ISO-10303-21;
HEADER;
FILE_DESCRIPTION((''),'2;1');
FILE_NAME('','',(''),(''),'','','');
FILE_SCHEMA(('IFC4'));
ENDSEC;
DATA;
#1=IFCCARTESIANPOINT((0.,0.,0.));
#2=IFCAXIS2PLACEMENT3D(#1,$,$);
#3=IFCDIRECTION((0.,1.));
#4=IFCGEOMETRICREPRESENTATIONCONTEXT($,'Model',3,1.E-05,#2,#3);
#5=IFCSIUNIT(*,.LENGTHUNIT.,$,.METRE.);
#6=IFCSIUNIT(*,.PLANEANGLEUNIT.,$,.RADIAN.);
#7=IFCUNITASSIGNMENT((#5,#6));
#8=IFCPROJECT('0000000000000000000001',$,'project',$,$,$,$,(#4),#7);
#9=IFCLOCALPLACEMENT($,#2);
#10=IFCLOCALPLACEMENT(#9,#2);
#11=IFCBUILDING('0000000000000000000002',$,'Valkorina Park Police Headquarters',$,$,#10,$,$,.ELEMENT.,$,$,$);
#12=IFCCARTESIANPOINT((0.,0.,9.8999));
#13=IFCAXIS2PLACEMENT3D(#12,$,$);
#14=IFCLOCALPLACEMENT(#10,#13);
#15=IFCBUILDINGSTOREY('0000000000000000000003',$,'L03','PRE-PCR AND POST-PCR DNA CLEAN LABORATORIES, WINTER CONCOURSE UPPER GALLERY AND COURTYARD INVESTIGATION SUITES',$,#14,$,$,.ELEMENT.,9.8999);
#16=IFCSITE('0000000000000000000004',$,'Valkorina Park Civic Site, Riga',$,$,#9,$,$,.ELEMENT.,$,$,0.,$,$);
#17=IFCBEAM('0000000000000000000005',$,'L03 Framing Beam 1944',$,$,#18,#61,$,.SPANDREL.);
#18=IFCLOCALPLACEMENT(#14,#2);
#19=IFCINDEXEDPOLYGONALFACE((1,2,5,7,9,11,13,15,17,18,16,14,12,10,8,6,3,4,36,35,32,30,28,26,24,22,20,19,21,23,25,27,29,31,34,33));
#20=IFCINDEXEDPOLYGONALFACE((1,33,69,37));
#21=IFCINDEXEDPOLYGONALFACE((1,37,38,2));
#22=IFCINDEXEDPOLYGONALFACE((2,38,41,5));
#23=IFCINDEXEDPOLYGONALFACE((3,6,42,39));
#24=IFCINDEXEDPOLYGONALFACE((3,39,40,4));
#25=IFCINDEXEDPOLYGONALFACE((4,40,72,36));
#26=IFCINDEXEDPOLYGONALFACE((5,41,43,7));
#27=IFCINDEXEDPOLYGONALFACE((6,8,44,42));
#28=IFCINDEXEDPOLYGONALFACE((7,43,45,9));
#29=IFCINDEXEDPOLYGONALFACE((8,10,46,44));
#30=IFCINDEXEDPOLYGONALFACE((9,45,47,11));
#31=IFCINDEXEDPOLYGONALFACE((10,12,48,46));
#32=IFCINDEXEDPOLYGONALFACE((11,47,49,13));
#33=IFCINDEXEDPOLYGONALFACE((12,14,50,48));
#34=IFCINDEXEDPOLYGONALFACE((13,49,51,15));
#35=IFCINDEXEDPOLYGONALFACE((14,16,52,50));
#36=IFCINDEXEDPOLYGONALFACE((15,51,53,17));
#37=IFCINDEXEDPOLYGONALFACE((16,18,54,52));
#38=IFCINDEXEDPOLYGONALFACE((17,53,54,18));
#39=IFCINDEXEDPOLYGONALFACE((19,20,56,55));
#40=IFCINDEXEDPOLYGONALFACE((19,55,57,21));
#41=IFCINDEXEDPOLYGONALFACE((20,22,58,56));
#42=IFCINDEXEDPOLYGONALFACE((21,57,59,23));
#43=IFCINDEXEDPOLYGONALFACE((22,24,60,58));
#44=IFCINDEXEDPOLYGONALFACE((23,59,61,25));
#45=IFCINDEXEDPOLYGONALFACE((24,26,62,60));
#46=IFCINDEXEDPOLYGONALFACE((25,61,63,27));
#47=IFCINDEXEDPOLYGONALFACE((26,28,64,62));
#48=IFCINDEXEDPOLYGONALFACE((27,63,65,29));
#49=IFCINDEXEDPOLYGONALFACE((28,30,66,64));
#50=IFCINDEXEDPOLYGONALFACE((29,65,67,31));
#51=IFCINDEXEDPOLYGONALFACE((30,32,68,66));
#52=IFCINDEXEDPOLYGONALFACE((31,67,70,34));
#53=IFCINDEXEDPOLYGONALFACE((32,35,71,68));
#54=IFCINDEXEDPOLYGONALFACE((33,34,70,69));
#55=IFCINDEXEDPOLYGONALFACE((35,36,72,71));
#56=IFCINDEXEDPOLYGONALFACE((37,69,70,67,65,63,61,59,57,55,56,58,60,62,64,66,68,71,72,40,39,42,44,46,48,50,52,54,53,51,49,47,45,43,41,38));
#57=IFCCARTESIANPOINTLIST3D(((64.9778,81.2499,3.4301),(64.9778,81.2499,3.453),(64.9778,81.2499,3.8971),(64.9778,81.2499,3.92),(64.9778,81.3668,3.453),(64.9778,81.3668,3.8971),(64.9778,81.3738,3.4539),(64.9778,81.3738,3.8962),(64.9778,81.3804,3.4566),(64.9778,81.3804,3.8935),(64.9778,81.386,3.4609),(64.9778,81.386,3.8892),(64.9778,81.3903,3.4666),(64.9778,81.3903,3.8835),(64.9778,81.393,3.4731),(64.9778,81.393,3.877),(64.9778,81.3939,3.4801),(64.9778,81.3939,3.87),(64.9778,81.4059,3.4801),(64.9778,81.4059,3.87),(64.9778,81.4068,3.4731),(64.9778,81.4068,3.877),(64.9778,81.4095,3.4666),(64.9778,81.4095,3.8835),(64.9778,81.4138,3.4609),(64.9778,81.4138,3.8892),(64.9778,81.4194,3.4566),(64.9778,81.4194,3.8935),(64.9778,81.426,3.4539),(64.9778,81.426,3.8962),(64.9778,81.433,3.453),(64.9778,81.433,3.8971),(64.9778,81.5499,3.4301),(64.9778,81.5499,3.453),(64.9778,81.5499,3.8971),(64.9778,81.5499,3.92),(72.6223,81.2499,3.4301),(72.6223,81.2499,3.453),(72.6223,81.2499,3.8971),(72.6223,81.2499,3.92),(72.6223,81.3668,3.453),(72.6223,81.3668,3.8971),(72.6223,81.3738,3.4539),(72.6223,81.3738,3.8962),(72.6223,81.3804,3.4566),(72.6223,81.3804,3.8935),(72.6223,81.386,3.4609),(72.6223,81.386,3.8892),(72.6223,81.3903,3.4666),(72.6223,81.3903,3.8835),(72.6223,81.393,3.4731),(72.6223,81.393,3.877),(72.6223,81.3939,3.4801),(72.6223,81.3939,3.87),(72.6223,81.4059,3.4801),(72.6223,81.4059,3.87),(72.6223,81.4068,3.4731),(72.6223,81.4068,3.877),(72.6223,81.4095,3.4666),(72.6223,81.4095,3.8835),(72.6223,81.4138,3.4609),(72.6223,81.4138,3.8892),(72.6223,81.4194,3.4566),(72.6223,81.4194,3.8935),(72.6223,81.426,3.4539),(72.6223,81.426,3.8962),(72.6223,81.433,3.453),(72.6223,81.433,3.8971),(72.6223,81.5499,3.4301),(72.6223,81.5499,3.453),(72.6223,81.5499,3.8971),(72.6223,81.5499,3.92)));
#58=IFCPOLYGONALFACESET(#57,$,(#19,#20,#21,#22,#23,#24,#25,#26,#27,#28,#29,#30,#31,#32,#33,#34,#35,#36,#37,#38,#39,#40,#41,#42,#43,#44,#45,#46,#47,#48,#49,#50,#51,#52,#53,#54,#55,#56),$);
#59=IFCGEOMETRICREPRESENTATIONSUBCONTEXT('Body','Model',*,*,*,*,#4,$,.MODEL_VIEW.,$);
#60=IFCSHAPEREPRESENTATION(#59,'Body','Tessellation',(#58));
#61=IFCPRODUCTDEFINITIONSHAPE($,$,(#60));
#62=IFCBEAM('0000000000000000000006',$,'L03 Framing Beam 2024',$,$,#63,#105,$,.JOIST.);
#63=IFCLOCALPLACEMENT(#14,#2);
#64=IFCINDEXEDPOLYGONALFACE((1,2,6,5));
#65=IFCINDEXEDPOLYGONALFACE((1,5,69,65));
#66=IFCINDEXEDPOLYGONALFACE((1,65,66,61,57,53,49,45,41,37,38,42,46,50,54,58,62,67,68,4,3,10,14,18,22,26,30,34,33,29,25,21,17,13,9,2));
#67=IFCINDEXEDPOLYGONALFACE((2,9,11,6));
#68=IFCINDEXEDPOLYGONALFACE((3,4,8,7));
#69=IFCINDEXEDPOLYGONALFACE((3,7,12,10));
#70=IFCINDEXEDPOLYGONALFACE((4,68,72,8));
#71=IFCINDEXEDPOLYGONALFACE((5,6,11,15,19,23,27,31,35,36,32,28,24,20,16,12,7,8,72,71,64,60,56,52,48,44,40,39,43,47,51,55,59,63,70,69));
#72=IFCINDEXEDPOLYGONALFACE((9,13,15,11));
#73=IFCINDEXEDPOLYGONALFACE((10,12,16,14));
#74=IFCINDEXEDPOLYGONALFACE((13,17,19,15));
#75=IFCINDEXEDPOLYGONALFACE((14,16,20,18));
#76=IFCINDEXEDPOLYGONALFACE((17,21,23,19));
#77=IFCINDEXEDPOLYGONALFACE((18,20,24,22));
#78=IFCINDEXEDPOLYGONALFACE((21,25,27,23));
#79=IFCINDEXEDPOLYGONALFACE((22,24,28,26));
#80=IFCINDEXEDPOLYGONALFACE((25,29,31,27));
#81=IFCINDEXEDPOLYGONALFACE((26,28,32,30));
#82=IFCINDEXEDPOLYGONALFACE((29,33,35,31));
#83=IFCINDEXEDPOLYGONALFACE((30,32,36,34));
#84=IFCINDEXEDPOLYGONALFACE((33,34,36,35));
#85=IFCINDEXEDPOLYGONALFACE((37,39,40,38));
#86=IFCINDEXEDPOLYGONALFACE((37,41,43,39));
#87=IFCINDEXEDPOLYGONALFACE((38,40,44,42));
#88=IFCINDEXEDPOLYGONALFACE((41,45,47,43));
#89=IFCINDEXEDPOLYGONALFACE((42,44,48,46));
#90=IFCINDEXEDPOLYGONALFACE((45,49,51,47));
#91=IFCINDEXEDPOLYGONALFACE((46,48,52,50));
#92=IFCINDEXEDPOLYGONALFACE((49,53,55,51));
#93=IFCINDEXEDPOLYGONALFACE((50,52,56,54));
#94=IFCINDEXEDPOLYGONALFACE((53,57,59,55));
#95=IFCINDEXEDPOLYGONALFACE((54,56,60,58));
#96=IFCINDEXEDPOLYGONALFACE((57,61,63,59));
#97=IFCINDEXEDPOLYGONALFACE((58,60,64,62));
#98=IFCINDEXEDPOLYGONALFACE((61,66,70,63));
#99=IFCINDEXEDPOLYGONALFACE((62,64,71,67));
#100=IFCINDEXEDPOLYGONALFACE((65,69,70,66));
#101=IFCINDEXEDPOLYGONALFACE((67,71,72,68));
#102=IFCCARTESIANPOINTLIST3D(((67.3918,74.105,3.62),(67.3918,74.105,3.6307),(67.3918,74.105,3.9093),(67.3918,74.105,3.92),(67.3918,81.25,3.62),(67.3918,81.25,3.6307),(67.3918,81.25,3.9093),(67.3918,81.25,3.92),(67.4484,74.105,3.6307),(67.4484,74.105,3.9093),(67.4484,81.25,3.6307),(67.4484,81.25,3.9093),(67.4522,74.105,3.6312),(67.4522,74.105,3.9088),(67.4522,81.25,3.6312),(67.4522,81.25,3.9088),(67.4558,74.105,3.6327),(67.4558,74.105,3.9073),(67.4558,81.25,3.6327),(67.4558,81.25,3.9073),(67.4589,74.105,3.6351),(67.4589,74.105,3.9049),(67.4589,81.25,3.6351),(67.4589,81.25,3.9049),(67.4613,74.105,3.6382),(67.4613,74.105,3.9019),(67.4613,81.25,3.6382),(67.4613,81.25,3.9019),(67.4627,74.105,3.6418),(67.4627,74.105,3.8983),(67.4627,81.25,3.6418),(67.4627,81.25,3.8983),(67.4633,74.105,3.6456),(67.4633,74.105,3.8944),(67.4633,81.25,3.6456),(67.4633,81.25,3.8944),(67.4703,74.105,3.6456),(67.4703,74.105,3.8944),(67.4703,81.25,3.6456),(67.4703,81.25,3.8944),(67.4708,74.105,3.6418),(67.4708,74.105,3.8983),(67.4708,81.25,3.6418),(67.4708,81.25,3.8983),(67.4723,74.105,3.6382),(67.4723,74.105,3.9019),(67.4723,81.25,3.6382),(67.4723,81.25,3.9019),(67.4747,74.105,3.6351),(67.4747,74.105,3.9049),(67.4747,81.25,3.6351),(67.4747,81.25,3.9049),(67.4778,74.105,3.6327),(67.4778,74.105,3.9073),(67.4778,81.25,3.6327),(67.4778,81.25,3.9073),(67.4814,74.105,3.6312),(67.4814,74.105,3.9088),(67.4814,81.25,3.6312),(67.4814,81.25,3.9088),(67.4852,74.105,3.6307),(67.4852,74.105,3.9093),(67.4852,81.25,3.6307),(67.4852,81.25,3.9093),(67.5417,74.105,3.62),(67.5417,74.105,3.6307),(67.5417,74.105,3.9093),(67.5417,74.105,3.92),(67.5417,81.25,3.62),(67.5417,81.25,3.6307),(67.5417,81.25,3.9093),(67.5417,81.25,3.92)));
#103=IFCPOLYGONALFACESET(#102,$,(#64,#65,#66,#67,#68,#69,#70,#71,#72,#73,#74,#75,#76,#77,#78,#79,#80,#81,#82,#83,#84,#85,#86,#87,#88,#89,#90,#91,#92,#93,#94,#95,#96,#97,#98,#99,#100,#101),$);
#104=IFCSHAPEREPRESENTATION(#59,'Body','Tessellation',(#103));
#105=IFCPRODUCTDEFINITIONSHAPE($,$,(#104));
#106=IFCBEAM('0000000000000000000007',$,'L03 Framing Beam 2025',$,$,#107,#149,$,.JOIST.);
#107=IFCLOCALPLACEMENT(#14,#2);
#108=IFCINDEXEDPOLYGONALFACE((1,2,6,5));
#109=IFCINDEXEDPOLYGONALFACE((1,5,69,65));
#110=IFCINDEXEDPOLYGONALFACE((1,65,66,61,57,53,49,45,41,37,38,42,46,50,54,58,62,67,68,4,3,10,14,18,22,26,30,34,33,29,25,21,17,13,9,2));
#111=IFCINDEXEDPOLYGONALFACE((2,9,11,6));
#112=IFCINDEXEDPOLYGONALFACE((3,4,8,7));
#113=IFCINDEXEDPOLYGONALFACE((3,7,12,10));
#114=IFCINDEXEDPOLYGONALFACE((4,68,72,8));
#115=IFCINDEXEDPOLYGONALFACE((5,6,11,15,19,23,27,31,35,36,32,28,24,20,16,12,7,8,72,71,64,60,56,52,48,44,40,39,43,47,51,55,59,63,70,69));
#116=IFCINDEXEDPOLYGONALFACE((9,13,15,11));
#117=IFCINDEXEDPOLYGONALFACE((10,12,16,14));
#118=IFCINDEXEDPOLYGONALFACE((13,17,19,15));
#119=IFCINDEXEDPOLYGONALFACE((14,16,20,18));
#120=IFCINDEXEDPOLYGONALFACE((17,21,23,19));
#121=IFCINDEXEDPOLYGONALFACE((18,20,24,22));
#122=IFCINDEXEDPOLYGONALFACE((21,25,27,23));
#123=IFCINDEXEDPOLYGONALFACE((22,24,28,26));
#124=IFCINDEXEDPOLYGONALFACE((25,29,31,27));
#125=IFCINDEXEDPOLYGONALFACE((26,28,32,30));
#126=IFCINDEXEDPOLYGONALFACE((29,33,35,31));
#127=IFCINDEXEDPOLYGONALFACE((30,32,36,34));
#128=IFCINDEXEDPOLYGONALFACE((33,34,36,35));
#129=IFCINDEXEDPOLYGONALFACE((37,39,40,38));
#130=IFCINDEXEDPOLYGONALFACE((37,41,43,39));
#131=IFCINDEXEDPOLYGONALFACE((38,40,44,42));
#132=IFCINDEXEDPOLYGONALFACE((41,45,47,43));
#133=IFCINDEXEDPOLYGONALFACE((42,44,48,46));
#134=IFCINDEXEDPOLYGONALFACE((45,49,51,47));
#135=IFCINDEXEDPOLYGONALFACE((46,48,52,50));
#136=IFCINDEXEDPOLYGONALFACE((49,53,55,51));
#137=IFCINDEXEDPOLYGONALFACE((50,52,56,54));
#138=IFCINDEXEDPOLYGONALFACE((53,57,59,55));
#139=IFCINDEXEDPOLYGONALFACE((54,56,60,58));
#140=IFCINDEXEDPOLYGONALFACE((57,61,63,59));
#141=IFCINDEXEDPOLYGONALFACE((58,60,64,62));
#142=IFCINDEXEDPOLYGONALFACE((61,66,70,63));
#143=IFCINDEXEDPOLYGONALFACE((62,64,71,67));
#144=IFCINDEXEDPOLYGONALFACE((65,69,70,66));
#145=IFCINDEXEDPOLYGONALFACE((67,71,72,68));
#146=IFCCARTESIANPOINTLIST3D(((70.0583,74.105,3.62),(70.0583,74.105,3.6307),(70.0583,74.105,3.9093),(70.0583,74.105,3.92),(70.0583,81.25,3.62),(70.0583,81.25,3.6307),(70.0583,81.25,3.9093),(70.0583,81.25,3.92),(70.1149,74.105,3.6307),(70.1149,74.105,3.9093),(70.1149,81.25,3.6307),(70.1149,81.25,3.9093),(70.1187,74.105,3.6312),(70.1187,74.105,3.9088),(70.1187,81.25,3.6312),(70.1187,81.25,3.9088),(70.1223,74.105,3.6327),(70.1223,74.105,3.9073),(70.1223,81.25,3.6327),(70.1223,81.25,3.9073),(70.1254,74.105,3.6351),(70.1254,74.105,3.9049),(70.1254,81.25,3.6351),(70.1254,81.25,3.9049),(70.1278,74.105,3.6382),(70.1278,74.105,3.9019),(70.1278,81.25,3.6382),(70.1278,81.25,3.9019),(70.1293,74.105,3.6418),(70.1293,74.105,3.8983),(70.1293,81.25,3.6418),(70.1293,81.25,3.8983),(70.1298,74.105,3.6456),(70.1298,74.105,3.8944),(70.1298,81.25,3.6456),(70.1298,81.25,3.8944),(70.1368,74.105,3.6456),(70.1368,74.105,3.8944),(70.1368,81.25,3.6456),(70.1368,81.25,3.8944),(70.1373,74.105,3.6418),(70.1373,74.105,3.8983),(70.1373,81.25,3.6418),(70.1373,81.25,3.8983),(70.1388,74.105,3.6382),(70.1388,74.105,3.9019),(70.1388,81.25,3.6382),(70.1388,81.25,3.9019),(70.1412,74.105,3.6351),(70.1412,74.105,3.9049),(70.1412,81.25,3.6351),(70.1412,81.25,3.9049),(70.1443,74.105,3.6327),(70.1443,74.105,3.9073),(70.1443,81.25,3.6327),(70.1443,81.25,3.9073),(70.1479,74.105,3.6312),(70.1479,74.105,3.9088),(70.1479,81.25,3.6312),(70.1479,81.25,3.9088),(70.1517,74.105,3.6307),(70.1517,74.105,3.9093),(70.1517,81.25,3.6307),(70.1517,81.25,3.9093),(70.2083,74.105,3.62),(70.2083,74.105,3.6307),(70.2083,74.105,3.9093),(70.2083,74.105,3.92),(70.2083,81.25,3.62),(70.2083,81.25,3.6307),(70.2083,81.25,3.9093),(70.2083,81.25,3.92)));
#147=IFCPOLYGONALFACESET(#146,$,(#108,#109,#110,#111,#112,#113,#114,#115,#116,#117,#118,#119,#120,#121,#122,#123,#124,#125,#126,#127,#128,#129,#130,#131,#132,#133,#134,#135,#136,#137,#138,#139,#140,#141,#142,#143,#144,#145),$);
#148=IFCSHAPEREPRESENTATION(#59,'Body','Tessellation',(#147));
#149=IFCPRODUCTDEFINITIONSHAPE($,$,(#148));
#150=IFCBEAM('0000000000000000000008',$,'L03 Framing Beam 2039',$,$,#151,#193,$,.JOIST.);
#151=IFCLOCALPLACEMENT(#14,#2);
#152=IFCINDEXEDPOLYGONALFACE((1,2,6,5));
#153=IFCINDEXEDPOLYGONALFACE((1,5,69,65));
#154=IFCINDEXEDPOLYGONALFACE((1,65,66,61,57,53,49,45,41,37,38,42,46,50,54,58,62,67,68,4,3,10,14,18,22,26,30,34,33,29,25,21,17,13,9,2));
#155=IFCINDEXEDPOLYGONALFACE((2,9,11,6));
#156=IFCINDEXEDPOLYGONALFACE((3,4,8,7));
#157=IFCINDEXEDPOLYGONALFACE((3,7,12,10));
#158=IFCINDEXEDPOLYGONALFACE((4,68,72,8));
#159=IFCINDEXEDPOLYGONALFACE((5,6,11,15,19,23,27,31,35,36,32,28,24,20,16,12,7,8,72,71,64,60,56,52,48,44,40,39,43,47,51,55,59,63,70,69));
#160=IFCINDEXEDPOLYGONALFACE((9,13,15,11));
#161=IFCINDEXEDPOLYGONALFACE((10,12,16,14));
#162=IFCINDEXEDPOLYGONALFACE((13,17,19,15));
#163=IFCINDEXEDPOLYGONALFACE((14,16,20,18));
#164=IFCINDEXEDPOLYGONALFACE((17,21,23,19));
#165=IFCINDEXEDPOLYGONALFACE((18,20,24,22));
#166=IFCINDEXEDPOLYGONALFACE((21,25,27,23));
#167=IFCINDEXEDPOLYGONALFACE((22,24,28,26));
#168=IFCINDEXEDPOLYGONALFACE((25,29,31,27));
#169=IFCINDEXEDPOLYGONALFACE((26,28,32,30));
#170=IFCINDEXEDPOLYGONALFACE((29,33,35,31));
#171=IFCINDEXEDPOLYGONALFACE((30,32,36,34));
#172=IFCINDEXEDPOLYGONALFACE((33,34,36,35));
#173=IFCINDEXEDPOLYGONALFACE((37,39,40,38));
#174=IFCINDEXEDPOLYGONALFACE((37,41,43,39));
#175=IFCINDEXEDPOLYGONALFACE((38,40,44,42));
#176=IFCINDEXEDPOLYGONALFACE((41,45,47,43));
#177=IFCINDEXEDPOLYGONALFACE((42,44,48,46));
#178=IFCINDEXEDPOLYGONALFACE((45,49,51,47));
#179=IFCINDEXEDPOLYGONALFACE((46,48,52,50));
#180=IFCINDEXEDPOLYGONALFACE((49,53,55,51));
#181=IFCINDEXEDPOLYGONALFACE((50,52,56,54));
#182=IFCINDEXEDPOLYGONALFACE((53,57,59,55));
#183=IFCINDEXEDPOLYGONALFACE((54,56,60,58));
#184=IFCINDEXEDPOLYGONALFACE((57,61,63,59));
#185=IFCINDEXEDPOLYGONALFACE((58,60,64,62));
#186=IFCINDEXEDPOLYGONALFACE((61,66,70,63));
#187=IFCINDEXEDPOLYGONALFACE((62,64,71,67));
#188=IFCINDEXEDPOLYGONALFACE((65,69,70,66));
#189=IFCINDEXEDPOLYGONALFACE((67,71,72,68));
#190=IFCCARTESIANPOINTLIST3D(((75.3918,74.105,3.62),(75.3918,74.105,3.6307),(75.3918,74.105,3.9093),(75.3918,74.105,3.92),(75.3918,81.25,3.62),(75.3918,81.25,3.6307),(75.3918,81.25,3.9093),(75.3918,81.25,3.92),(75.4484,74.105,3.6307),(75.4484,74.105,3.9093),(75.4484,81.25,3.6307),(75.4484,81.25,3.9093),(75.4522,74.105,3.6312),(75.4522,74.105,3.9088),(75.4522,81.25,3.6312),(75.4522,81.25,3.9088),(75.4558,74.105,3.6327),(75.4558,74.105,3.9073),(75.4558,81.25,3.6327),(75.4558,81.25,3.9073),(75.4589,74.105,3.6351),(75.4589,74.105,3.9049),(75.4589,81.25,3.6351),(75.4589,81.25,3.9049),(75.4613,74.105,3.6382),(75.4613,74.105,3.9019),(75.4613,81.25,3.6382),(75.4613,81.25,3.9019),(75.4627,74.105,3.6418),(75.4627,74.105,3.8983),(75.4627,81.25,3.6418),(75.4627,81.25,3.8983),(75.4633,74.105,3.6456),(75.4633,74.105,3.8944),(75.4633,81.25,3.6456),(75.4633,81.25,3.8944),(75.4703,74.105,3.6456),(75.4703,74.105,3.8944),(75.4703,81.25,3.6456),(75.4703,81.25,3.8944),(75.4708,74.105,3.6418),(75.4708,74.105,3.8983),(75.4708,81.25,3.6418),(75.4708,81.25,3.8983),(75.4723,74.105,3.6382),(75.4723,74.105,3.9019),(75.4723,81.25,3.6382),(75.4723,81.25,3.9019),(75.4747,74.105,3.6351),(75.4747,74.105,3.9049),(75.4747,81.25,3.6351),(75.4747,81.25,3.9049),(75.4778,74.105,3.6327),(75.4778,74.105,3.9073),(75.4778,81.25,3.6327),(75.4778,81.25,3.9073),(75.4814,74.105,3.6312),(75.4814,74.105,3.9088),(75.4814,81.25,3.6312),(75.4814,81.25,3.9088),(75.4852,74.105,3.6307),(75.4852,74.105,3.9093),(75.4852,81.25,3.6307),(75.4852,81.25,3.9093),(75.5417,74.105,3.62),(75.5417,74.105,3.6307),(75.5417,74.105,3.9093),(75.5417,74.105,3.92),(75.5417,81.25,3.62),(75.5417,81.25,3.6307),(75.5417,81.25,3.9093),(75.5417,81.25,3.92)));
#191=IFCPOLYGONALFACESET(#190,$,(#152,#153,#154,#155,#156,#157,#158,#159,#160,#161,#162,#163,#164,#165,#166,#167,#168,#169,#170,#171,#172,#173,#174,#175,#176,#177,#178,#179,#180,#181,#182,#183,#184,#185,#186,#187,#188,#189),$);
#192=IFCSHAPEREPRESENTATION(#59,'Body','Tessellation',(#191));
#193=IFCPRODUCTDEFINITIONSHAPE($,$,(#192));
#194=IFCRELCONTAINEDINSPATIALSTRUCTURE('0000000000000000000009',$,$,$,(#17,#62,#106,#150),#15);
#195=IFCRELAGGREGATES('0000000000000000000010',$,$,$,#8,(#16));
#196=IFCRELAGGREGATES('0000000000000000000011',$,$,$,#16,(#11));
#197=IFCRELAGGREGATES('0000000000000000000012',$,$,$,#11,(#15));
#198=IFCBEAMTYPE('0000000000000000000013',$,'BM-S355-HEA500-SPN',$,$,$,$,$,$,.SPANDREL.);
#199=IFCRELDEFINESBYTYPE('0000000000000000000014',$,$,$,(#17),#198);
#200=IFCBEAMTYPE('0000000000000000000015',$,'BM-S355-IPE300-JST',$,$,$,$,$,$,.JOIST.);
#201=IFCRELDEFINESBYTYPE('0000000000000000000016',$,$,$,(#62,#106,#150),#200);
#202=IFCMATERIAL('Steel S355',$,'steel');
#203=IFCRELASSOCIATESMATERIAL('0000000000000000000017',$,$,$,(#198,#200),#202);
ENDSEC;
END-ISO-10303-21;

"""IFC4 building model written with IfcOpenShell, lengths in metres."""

from ifc_helpers import new_model, si_unit, direction, frame, origin, origin_2d, place, context, subcontext, project, spatial, i_section, extrude, material, material_profile, profile_set, type_object, element, save


model = new_model("IFC4")

# Units and contexts
model_context = context("Model", 3, precision=1e-05, world=origin(), true_north=direction((0.0, 1.0)))
body_context = subcontext(model_context, "Body", "Model", "MODEL_VIEW")
ifc_project = project(units=[si_unit("LENGTHUNIT", "METRE"), si_unit("PLANEANGLEUNIT", "RADIAN")], contexts=[model_context])

# Site, building, storey
site_placement = place(None, origin())
site = spatial("IfcSite", under=ifc_project, at=site_placement, Name="Valkorina Park Civic Site, Riga", CompositionType="ELEMENT", RefElevation=0.0)
building_placement = place(site_placement, origin())
building = spatial("IfcBuilding", under=site, at=building_placement, Name="Valkorina Park Police Headquarters", CompositionType="ELEMENT")
storey_placement = place(building_placement, frame((0.0, 0.0, 9.8999)))
storey = spatial("IfcBuildingStorey", under=building, at=storey_placement, Name="L03", Description="PRE-PCR AND POST-PCR DNA CLEAN LABORATORIES, WINTER CONCOURSE UPPER GALLERY AND COURTYARD INVESTIGATION SUITES", CompositionType="ELEMENT", Elevation=9.8999)

# Shared definitions
ifc_material_1 = material(Name="Steel S355", Category="steel")

# Beams
ifc_material_profile_1 = material_profile(ifc_material_1, i_section(OverallWidth=0.3, OverallDepth=0.49, WebThickness=0.012, FlangeThickness=0.0229, FilletRadius=0.0271, at=origin_2d()), Name="HEA 500")
ifc_profile_set_1 = profile_set([ifc_material_profile_1], Name="Steel S355")
beam_type_1 = type_object("IfcBeamType", Name="BM-S355-HEA500-SPN", PredefinedType="SPANDREL", material=ifc_profile_set_1)
beam_placement = place(storey_placement, frame((64.9778, 81.3999, 3.675), z_axis=(1.0, 0.0, 0.0), x_axis=(0.0, 1.0, 0.0)))
element("IfcBeam", 1, at=beam_placement, inside=storey, type_object=beam_type_1, Name="L03 Framing Beam 1944", PredefinedType="SPANDREL", context=body_context, shape_type="SweptSolid", body=[
    extrude(i_section(OverallWidth=0.3, OverallDepth=0.49, WebThickness=0.012, FlangeThickness=0.0229, FilletRadius=0.0271, at=origin_2d()), origin(), (0.0, 0.0, 1.0), 7.6445),
])
ifc_material_profile_2 = material_profile(ifc_material_1, i_section(OverallWidth=0.1499, OverallDepth=0.3, WebThickness=0.0071, FlangeThickness=0.0107, FilletRadius=0.0149, at=origin_2d()), Name="IPE 300")
ifc_profile_set_2 = profile_set([ifc_material_profile_2], Name="Steel S355")
beam_type_2 = type_object("IfcBeamType", Name="BM-S355-IPE300-JST", PredefinedType="JOIST", material=ifc_profile_set_2)
for number, where, z_axis, x_axis, name in (
    (2, (67.4668, 74.105, 3.77), (0.0, 1.0, 0.0), (-1.0, 0.0, 0.0), "L03 Framing Beam 2024"),
    (3, (70.1333, 74.105, 3.77), (0.0, 1.0, 0.0), (-1.0, 0.0, 0.0), "L03 Framing Beam 2025"),
    (4, (75.4668, 74.105, 3.77), (0.0, 1.0, 0.0), (-1.0, 0.0, 0.0), "L03 Framing Beam 2039"),
):
    element("IfcBeam", number, at=place(storey_placement, frame(where, z_axis=z_axis, x_axis=x_axis)), inside=storey, type_object=beam_type_2, Name=name, PredefinedType="JOIST", context=body_context, shape_type="SweptSolid", body=[
        extrude(i_section(OverallWidth=0.1499, OverallDepth=0.3, WebThickness=0.0071, FlangeThickness=0.0107, FilletRadius=0.0149, at=origin_2d()), origin(), (0.0, 0.0, 1.0), 7.145),
    ])

save(model, "model.ifc")
